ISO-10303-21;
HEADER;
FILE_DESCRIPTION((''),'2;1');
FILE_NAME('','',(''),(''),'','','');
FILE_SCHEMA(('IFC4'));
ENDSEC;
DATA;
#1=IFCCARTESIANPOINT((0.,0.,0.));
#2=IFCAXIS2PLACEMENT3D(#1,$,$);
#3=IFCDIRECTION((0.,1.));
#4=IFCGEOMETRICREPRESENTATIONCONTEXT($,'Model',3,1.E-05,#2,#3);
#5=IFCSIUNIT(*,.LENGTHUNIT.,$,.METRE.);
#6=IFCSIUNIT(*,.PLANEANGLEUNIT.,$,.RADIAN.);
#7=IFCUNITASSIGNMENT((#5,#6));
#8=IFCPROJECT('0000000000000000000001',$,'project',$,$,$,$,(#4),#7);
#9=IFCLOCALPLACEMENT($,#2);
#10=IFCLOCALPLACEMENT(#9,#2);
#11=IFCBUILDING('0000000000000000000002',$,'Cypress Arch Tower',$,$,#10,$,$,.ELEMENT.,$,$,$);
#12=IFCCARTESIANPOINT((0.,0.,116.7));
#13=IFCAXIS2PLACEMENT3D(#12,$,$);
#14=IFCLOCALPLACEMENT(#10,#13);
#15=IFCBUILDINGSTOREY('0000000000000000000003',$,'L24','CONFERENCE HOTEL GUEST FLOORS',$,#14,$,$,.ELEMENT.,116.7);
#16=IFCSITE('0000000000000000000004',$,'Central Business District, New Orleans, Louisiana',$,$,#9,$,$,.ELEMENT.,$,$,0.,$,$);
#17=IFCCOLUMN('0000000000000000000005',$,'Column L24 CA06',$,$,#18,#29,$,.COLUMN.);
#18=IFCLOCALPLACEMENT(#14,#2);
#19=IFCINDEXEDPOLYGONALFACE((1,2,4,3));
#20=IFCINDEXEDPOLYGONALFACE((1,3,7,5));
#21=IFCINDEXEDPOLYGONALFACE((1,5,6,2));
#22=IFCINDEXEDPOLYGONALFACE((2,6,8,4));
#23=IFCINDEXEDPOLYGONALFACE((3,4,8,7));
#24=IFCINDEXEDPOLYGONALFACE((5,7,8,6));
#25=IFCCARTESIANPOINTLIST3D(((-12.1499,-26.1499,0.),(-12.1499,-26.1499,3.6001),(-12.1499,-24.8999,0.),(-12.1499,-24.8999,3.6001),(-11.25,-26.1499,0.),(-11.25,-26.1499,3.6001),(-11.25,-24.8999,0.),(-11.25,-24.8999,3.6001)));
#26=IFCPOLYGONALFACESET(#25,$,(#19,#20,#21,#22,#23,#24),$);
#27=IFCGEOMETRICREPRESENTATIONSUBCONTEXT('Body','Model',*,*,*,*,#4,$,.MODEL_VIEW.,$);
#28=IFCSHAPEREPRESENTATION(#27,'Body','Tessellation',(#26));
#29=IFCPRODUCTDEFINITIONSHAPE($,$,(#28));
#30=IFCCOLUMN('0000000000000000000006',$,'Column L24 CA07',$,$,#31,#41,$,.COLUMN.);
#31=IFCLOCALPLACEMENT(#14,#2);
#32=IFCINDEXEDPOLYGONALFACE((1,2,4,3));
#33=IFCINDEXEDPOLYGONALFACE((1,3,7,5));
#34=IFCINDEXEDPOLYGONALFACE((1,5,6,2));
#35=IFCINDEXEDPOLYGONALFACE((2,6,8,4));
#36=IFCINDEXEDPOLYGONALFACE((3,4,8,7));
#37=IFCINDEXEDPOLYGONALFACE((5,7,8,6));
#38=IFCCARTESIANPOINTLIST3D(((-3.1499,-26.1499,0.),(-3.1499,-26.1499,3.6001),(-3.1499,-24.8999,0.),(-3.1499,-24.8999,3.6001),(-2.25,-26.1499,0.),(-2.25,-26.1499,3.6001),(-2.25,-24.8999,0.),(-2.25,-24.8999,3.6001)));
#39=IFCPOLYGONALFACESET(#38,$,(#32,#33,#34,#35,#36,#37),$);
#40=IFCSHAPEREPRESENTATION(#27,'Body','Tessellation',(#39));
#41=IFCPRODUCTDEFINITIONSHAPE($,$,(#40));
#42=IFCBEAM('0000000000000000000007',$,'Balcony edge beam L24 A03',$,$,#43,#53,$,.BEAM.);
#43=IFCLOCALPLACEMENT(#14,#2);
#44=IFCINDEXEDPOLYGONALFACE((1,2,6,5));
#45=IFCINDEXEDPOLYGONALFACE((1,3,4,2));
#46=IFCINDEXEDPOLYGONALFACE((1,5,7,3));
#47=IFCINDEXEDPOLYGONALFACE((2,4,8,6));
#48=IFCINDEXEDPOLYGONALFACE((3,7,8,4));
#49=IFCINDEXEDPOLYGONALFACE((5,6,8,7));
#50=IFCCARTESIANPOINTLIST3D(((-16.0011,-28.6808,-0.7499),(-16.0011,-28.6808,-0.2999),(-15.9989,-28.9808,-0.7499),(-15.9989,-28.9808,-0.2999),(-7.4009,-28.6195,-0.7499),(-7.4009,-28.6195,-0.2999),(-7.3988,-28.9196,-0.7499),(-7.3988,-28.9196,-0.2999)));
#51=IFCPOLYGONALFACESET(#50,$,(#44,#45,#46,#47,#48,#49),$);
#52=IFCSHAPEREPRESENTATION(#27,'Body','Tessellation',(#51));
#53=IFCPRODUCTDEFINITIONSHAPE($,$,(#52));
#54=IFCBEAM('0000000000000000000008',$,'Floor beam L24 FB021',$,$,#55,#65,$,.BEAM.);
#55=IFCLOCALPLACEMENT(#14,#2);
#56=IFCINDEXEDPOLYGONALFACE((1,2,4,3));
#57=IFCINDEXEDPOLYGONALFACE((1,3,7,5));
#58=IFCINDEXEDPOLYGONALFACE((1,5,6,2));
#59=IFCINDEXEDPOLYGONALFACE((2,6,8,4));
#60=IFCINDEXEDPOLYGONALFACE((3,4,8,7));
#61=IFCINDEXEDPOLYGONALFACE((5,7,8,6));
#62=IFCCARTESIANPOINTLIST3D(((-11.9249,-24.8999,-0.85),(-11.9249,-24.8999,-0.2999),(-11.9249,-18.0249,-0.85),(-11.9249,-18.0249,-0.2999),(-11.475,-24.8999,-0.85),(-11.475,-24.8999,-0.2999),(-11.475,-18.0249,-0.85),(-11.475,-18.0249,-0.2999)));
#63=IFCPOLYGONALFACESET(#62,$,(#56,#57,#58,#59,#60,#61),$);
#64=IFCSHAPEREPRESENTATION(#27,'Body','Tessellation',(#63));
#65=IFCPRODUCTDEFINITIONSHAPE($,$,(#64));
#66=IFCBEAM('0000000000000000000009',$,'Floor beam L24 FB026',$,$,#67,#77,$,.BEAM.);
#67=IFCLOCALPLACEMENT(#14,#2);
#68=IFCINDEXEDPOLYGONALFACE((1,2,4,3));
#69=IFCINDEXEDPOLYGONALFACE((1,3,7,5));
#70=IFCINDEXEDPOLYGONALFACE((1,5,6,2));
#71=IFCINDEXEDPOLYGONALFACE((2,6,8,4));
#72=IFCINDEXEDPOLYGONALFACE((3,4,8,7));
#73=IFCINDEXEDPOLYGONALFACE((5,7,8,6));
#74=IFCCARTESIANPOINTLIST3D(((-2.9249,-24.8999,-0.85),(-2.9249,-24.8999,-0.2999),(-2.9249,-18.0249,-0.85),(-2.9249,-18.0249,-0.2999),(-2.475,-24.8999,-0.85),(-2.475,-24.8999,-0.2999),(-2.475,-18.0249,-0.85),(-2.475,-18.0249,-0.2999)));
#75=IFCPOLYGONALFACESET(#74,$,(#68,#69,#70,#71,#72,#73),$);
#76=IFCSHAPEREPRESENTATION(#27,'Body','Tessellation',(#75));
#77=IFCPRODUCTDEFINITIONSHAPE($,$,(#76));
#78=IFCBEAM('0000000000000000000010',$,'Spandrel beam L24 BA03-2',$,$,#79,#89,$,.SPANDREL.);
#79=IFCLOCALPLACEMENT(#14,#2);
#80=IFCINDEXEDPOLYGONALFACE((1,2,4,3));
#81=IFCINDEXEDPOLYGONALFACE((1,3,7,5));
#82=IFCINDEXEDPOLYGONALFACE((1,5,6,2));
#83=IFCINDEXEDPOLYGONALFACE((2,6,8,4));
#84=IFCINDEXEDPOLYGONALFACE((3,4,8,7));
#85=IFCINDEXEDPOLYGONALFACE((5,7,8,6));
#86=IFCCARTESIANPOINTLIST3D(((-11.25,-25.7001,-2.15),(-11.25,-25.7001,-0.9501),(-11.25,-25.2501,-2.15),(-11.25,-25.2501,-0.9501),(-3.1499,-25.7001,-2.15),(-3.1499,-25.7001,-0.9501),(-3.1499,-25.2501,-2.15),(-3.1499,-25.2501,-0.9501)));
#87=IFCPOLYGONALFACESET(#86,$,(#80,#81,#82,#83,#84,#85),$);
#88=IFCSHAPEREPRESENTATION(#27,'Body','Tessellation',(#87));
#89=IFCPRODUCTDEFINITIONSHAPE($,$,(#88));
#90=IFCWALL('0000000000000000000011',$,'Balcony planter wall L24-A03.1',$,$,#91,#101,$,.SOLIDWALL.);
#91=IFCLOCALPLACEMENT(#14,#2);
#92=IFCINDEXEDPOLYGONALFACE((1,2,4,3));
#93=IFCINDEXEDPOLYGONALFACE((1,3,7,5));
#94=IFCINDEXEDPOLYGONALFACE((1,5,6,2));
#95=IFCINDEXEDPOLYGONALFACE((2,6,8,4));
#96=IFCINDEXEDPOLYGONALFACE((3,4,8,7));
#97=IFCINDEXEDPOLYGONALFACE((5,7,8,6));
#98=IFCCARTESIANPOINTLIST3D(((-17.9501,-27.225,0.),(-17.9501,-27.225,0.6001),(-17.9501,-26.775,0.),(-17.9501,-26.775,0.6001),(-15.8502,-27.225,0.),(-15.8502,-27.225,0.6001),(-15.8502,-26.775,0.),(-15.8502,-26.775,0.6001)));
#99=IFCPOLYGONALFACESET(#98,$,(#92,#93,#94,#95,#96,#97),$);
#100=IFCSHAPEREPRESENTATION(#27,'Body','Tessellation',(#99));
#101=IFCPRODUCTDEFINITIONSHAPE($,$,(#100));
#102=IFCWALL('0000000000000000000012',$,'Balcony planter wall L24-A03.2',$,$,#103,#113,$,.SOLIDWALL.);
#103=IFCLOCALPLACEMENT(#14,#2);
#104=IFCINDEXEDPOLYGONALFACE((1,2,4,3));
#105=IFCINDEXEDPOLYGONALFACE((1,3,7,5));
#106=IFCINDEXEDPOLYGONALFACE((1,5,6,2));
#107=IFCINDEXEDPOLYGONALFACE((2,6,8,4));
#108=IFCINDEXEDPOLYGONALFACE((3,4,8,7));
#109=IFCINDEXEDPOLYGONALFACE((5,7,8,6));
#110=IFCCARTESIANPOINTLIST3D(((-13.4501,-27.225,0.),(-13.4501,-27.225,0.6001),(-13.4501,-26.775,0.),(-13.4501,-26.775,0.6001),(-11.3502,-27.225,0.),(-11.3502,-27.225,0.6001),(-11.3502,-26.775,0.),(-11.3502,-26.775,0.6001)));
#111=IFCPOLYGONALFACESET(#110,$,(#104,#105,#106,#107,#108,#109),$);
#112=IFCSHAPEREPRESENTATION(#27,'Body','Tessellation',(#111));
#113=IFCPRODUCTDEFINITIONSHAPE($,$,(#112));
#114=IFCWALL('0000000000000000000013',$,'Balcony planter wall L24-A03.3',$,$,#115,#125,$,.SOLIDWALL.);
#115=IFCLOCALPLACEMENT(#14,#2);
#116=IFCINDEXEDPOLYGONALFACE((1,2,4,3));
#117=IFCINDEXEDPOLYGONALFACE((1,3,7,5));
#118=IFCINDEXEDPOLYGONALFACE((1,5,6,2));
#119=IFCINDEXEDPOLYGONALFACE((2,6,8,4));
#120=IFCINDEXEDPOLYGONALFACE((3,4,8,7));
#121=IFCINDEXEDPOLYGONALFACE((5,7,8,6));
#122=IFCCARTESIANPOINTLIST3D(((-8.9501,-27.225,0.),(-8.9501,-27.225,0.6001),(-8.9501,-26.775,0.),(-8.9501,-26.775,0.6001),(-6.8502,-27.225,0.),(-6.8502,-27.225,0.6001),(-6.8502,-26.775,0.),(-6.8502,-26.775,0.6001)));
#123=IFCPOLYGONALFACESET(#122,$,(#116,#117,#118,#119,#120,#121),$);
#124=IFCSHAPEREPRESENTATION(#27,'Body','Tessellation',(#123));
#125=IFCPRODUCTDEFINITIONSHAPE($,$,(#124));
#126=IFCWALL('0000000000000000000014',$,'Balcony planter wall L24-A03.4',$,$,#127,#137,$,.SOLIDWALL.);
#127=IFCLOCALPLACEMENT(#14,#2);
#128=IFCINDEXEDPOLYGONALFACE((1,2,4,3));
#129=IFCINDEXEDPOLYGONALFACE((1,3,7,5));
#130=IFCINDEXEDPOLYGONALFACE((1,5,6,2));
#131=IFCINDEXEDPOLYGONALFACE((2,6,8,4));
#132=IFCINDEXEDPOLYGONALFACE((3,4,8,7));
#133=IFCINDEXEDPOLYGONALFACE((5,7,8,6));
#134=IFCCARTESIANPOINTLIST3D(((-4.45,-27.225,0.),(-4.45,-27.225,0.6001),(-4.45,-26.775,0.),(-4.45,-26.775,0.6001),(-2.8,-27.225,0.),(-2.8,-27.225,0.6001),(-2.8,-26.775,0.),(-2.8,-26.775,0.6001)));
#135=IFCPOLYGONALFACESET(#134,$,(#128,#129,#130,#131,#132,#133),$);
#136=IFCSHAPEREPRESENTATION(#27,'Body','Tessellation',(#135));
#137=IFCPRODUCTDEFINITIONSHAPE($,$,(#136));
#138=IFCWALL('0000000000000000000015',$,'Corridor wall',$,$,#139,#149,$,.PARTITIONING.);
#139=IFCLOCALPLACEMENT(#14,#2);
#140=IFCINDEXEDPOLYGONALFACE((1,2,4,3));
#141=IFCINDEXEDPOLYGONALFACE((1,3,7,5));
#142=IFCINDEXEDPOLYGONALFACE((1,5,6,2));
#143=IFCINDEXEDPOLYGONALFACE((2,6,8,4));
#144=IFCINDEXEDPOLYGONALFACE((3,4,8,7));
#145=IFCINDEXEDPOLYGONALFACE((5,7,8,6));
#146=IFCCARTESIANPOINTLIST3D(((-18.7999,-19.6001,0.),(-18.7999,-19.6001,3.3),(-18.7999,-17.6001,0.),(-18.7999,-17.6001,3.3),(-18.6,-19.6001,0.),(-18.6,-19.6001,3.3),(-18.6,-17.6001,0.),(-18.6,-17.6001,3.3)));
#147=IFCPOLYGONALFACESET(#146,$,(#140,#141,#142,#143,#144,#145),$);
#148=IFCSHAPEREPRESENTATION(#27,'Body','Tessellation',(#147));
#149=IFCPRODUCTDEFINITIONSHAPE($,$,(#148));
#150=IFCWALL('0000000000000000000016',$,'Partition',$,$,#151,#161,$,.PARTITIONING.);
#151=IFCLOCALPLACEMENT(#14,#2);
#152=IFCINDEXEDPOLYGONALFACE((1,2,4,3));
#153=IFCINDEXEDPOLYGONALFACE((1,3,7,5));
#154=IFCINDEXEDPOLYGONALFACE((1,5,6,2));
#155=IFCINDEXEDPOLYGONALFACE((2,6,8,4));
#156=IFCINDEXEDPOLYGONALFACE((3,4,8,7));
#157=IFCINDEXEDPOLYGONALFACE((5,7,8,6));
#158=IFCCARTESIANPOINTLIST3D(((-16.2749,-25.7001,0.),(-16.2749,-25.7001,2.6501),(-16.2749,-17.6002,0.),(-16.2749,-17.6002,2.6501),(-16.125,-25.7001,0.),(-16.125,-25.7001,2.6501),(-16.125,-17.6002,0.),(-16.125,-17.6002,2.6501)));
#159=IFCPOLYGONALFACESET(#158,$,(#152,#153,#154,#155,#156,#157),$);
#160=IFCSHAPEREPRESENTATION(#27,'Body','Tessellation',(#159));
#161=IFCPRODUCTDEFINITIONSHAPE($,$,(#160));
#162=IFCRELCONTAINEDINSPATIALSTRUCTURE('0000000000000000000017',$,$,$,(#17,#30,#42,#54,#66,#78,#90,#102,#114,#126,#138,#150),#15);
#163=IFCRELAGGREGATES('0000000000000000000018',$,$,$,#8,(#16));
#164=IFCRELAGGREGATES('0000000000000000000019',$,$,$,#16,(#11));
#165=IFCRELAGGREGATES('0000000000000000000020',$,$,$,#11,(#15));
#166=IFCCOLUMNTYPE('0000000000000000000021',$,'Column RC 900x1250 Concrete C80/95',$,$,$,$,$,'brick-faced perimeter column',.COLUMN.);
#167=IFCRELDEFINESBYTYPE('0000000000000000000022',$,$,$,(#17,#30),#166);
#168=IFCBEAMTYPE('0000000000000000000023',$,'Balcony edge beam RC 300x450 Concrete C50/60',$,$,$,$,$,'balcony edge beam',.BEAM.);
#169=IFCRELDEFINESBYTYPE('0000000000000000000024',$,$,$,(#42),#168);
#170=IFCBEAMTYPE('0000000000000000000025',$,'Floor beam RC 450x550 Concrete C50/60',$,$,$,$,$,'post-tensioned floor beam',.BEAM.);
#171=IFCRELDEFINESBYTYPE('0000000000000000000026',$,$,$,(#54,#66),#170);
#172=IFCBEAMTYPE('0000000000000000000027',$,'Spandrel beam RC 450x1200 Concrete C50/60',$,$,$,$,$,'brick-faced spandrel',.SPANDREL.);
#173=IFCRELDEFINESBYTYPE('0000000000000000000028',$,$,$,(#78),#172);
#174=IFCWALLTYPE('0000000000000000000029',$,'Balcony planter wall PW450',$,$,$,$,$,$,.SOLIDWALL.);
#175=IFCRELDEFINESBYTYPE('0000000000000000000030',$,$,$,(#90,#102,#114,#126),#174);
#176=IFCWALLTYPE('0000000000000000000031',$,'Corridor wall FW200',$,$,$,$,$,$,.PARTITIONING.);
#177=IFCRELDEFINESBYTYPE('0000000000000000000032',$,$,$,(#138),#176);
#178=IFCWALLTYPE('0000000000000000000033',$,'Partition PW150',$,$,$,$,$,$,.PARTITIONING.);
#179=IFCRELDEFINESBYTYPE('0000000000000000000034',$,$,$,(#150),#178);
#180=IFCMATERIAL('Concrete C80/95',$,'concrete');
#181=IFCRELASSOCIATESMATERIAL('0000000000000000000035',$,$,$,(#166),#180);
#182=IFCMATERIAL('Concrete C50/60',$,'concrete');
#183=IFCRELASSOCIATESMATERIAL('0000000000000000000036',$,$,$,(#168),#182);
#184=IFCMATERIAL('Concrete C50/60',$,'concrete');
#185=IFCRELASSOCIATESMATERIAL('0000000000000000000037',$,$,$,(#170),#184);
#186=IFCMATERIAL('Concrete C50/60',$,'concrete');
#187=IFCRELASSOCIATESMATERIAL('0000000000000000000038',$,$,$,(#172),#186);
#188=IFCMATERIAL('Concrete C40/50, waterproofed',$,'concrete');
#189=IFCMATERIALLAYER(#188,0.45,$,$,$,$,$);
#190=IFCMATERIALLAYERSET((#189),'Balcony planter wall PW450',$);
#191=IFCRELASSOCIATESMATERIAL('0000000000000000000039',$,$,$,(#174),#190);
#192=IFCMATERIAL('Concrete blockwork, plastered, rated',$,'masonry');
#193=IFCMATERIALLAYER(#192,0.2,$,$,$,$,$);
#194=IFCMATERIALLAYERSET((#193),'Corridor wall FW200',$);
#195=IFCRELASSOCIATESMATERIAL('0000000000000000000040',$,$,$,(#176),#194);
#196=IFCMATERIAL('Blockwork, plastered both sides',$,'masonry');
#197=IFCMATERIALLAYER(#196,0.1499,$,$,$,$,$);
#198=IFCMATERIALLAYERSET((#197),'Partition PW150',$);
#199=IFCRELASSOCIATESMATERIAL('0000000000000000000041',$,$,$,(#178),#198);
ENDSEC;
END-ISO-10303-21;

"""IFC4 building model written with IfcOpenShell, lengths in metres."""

from ifc_helpers import new_model, si_unit, direction, frame, frame_2d, origin, origin_2d, place, context, subcontext, project, spatial, rectangle, extrude, material, layer, layer_set, material_profile, profile_set, type_object, element, save


model = new_model("IFC4")

# Units and contexts
model_context = context("Model", 3, precision=1e-05, world=origin(), true_north=direction((0.0, 1.0)))
body_context = subcontext(model_context, "Body", "Model", "MODEL_VIEW")
ifc_project = project(units=[si_unit("LENGTHUNIT", "METRE"), si_unit("PLANEANGLEUNIT", "RADIAN")], contexts=[model_context])

# Site, building, storey
site_placement = place(None, origin())
site = spatial("IfcSite", under=ifc_project, at=site_placement, Name="Central Business District, New Orleans, Louisiana", CompositionType="ELEMENT", RefElevation=0.0)
building_placement = place(site_placement, origin())
building = spatial("IfcBuilding", under=site, at=building_placement, Name="Cypress Arch Tower", CompositionType="ELEMENT")
storey_placement = place(building_placement, frame((0.0, 0.0, 116.7)))
storey = spatial("IfcBuildingStorey", under=building, at=storey_placement, Name="L24", Description="CONFERENCE HOTEL GUEST FLOORS", CompositionType="ELEMENT", Elevation=116.7)

# Columns
ifc_material_1 = material(Name="Concrete C80/95", Category="concrete")
ifc_material_profile_1 = material_profile(ifc_material_1, rectangle(XDim=0.8999, YDim=1.25, at=origin_2d()), Name="RC 900x1250")
ifc_profile_set_1 = profile_set([ifc_material_profile_1], Name="Concrete C80/95")
column_type = type_object("IfcColumnType", Name="Column RC 900x1250 Concrete C80/95", ElementType="brick-faced perimeter column", PredefinedType="COLUMN", material=ifc_profile_set_1)
for number, where, z_axis, x_axis, name in (
    (1, (-11.7, -25.5249, 0.0), (0.0, 0.0, 1.0), (1.0, 0.0, 0.0), "Column L24 CA06"),
    (2, (-2.7, -25.5249, 0.0), (0.0, 0.0, 1.0), (1.0, 0.0, 0.0), "Column L24 CA07"),
):
    element("IfcColumn", number, at=place(storey_placement, frame(where, z_axis=z_axis, x_axis=x_axis)), inside=storey, type_object=column_type, Name=name, PredefinedType="COLUMN", context=body_context, shape_type="SweptSolid", body=[
        extrude(rectangle(XDim=0.8999, YDim=1.25, at=origin_2d()), origin(), (0.0, 0.0, 1.0), 3.6001),
    ])

# Beams
ifc_material_2 = material(Name="Concrete C50/60", Category="concrete")
ifc_material_profile_2 = material_profile(ifc_material_2, rectangle(XDim=0.3, YDim=0.45, at=origin_2d()), Name="RC 300x450")
ifc_profile_set_2 = profile_set([ifc_material_profile_2], Name="Concrete C50/60")
beam_type_1 = type_object("IfcBeamType", Name="Balcony edge beam RC 300x450 Concrete C50/60", ElementType="balcony edge beam", PredefinedType="BEAM", material=ifc_profile_set_2)
beam_1_placement = place(storey_placement, frame((-16.0, -28.8308, -0.5249), z_axis=(0.999975, 0.007125, 0.0), x_axis=(-0.007125, 0.999975, 0.0)))
element("IfcBeam", 3, at=beam_1_placement, inside=storey, type_object=beam_type_1, Name="Balcony edge beam L24 A03", PredefinedType="BEAM", context=body_context, shape_type="SweptSolid", body=[
    extrude(rectangle(XDim=0.3, YDim=0.45, at=origin_2d()), origin(), (0.0, 0.0, 1.0), 8.6003),
])
ifc_material_3 = material(Name="Concrete C50/60", Category="concrete")
ifc_material_profile_3 = material_profile(ifc_material_3, rectangle(XDim=0.45, YDim=0.55, at=origin_2d()), Name="RC 450x550")
ifc_profile_set_3 = profile_set([ifc_material_profile_3], Name="Concrete C50/60")
beam_type_2 = type_object("IfcBeamType", Name="Floor beam RC 450x550 Concrete C50/60", ElementType="post-tensioned floor beam", PredefinedType="BEAM", material=ifc_profile_set_3)
for number, where, z_axis, x_axis, name in (
    (4, (-11.7, -24.8999, -0.575), (0.0, 1.0, 0.0), (-1.0, 0.0, 0.0), "Floor beam L24 FB021"),
    (5, (-2.7, -24.8999, -0.575), (0.0, 1.0, 0.0), (-1.0, 0.0, 0.0), "Floor beam L24 FB026"),
):
    element("IfcBeam", number, at=place(storey_placement, frame(where, z_axis=z_axis, x_axis=x_axis)), inside=storey, type_object=beam_type_2, Name=name, PredefinedType="BEAM", context=body_context, shape_type="SweptSolid", body=[
        extrude(rectangle(XDim=0.45, YDim=0.55, at=origin_2d()), origin(), (0.0, 0.0, 1.0), 6.875),
    ])
ifc_material_4 = material(Name="Concrete C50/60", Category="concrete")
ifc_material_profile_4 = material_profile(ifc_material_4, rectangle(XDim=0.45, YDim=1.2, at=origin_2d()), Name="RC 450x1200")
ifc_profile_set_4 = profile_set([ifc_material_profile_4], Name="Concrete C50/60")
beam_type_3 = type_object("IfcBeamType", Name="Spandrel beam RC 450x1200 Concrete C50/60", ElementType="brick-faced spandrel", PredefinedType="SPANDREL", material=ifc_profile_set_4)
beam_2_placement = place(storey_placement, frame((-11.25, -25.4751, -1.55), z_axis=(1.0, 0.0, 0.0), x_axis=(0.0, 1.0, 0.0)))
element("IfcBeam", 6, at=beam_2_placement, inside=storey, type_object=beam_type_3, Name="Spandrel beam L24 BA03-2", PredefinedType="SPANDREL", context=body_context, shape_type="SweptSolid", body=[
    extrude(rectangle(XDim=0.45, YDim=1.2, at=origin_2d()), origin(), (0.0, 0.0, 1.0), 8.1001),
])

# Walls
ifc_material_5 = material(Name="Concrete C40/50, waterproofed", Category="concrete")
ifc_layer_1 = layer(ifc_material_5, 0.45)
ifc_layer_set_1 = layer_set([ifc_layer_1], Name="Balcony planter wall PW450")
wall_type_1 = type_object("IfcWallType", Name="Balcony planter wall PW450", PredefinedType="SOLIDWALL", material=ifc_layer_set_1)
for number, where, z_axis, x_axis, name in (
    (7, (-17.95, -27.0, 0.0), (0.0, 0.0, 1.0), (1.0, 0.0, 0.0), "Balcony planter wall L24-A03.1"),
    (8, (-13.45, -27.0, 0.0), (0.0, 0.0, 1.0), (1.0, 0.0, 0.0), "Balcony planter wall L24-A03.2"),
    (9, (-8.95, -27.0, 0.0), (0.0, 0.0, 1.0), (1.0, 0.0, 0.0), "Balcony planter wall L24-A03.3"),
):
    element("IfcWall", number, at=place(storey_placement, frame(where, z_axis=z_axis, x_axis=x_axis)), inside=storey, type_object=wall_type_1, Name=name, PredefinedType="SOLIDWALL", context=body_context, shape_type="SweptSolid", body=[
        extrude(rectangle(XDim=2.0999, YDim=0.45, at=frame_2d((1.0498, 0.0))), origin(), (0.0, 0.0, 1.0), 0.6001),
    ])
wall_1_placement = place(storey_placement, frame((-4.45, -27.0, 0.0), z_axis=(0.0, 0.0, 1.0), x_axis=(1.0, 0.0, 0.0)))
element("IfcWall", 10, at=wall_1_placement, inside=storey, type_object=wall_type_1, Name="Balcony planter wall L24-A03.4", PredefinedType="SOLIDWALL", context=body_context, shape_type="SweptSolid", body=[
    extrude(rectangle(XDim=1.6499, YDim=0.45, at=frame_2d((0.825, 0.0))), origin(), (0.0, 0.0, 1.0), 0.6001),
])

# Walls
ifc_material_6 = material(Name="Concrete blockwork, plastered, rated", Category="masonry")
ifc_layer_2 = layer(ifc_material_6, 0.2)
ifc_layer_set_2 = layer_set([ifc_layer_2], Name="Corridor wall FW200")
wall_type_2 = type_object("IfcWallType", Name="Corridor wall FW200", PredefinedType="PARTITIONING", material=ifc_layer_set_2)
wall_2_placement = place(storey_placement, frame((-18.7, -19.6001, 0.0), z_axis=(0.0, 0.0, 1.0), x_axis=(0.0, 1.0, 0.0)))
element("IfcWall", 11, at=wall_2_placement, inside=storey, type_object=wall_type_2, Name="Corridor wall", PredefinedType="PARTITIONING", context=body_context, shape_type="SweptSolid", body=[
    extrude(rectangle(XDim=2.0, YDim=0.2, at=frame_2d((1.0, 0.0))), origin(), (0.0, 0.0, 1.0), 3.3),
])
ifc_material_7 = material(Name="Blockwork, plastered both sides", Category="masonry")
ifc_layer_3 = layer(ifc_material_7, 0.1499)
ifc_layer_set_3 = layer_set([ifc_layer_3], Name="Partition PW150")
wall_type_3 = type_object("IfcWallType", Name="Partition PW150", PredefinedType="PARTITIONING", material=ifc_layer_set_3)
wall_3_placement = place(storey_placement, frame((-16.2, -25.7, 0.0), z_axis=(0.0, 0.0, 1.0), x_axis=(0.0, 1.0, 0.0)))
element("IfcWall", 12, at=wall_3_placement, inside=storey, type_object=wall_type_3, Name="Partition", PredefinedType="PARTITIONING", context=body_context, shape_type="SweptSolid", body=[
    extrude(rectangle(XDim=8.0999, YDim=0.1499, at=frame_2d((4.0498, 0.0))), origin(), (0.0, 0.0, 1.0), 2.6501),
])

save(model, "model.ifc")
